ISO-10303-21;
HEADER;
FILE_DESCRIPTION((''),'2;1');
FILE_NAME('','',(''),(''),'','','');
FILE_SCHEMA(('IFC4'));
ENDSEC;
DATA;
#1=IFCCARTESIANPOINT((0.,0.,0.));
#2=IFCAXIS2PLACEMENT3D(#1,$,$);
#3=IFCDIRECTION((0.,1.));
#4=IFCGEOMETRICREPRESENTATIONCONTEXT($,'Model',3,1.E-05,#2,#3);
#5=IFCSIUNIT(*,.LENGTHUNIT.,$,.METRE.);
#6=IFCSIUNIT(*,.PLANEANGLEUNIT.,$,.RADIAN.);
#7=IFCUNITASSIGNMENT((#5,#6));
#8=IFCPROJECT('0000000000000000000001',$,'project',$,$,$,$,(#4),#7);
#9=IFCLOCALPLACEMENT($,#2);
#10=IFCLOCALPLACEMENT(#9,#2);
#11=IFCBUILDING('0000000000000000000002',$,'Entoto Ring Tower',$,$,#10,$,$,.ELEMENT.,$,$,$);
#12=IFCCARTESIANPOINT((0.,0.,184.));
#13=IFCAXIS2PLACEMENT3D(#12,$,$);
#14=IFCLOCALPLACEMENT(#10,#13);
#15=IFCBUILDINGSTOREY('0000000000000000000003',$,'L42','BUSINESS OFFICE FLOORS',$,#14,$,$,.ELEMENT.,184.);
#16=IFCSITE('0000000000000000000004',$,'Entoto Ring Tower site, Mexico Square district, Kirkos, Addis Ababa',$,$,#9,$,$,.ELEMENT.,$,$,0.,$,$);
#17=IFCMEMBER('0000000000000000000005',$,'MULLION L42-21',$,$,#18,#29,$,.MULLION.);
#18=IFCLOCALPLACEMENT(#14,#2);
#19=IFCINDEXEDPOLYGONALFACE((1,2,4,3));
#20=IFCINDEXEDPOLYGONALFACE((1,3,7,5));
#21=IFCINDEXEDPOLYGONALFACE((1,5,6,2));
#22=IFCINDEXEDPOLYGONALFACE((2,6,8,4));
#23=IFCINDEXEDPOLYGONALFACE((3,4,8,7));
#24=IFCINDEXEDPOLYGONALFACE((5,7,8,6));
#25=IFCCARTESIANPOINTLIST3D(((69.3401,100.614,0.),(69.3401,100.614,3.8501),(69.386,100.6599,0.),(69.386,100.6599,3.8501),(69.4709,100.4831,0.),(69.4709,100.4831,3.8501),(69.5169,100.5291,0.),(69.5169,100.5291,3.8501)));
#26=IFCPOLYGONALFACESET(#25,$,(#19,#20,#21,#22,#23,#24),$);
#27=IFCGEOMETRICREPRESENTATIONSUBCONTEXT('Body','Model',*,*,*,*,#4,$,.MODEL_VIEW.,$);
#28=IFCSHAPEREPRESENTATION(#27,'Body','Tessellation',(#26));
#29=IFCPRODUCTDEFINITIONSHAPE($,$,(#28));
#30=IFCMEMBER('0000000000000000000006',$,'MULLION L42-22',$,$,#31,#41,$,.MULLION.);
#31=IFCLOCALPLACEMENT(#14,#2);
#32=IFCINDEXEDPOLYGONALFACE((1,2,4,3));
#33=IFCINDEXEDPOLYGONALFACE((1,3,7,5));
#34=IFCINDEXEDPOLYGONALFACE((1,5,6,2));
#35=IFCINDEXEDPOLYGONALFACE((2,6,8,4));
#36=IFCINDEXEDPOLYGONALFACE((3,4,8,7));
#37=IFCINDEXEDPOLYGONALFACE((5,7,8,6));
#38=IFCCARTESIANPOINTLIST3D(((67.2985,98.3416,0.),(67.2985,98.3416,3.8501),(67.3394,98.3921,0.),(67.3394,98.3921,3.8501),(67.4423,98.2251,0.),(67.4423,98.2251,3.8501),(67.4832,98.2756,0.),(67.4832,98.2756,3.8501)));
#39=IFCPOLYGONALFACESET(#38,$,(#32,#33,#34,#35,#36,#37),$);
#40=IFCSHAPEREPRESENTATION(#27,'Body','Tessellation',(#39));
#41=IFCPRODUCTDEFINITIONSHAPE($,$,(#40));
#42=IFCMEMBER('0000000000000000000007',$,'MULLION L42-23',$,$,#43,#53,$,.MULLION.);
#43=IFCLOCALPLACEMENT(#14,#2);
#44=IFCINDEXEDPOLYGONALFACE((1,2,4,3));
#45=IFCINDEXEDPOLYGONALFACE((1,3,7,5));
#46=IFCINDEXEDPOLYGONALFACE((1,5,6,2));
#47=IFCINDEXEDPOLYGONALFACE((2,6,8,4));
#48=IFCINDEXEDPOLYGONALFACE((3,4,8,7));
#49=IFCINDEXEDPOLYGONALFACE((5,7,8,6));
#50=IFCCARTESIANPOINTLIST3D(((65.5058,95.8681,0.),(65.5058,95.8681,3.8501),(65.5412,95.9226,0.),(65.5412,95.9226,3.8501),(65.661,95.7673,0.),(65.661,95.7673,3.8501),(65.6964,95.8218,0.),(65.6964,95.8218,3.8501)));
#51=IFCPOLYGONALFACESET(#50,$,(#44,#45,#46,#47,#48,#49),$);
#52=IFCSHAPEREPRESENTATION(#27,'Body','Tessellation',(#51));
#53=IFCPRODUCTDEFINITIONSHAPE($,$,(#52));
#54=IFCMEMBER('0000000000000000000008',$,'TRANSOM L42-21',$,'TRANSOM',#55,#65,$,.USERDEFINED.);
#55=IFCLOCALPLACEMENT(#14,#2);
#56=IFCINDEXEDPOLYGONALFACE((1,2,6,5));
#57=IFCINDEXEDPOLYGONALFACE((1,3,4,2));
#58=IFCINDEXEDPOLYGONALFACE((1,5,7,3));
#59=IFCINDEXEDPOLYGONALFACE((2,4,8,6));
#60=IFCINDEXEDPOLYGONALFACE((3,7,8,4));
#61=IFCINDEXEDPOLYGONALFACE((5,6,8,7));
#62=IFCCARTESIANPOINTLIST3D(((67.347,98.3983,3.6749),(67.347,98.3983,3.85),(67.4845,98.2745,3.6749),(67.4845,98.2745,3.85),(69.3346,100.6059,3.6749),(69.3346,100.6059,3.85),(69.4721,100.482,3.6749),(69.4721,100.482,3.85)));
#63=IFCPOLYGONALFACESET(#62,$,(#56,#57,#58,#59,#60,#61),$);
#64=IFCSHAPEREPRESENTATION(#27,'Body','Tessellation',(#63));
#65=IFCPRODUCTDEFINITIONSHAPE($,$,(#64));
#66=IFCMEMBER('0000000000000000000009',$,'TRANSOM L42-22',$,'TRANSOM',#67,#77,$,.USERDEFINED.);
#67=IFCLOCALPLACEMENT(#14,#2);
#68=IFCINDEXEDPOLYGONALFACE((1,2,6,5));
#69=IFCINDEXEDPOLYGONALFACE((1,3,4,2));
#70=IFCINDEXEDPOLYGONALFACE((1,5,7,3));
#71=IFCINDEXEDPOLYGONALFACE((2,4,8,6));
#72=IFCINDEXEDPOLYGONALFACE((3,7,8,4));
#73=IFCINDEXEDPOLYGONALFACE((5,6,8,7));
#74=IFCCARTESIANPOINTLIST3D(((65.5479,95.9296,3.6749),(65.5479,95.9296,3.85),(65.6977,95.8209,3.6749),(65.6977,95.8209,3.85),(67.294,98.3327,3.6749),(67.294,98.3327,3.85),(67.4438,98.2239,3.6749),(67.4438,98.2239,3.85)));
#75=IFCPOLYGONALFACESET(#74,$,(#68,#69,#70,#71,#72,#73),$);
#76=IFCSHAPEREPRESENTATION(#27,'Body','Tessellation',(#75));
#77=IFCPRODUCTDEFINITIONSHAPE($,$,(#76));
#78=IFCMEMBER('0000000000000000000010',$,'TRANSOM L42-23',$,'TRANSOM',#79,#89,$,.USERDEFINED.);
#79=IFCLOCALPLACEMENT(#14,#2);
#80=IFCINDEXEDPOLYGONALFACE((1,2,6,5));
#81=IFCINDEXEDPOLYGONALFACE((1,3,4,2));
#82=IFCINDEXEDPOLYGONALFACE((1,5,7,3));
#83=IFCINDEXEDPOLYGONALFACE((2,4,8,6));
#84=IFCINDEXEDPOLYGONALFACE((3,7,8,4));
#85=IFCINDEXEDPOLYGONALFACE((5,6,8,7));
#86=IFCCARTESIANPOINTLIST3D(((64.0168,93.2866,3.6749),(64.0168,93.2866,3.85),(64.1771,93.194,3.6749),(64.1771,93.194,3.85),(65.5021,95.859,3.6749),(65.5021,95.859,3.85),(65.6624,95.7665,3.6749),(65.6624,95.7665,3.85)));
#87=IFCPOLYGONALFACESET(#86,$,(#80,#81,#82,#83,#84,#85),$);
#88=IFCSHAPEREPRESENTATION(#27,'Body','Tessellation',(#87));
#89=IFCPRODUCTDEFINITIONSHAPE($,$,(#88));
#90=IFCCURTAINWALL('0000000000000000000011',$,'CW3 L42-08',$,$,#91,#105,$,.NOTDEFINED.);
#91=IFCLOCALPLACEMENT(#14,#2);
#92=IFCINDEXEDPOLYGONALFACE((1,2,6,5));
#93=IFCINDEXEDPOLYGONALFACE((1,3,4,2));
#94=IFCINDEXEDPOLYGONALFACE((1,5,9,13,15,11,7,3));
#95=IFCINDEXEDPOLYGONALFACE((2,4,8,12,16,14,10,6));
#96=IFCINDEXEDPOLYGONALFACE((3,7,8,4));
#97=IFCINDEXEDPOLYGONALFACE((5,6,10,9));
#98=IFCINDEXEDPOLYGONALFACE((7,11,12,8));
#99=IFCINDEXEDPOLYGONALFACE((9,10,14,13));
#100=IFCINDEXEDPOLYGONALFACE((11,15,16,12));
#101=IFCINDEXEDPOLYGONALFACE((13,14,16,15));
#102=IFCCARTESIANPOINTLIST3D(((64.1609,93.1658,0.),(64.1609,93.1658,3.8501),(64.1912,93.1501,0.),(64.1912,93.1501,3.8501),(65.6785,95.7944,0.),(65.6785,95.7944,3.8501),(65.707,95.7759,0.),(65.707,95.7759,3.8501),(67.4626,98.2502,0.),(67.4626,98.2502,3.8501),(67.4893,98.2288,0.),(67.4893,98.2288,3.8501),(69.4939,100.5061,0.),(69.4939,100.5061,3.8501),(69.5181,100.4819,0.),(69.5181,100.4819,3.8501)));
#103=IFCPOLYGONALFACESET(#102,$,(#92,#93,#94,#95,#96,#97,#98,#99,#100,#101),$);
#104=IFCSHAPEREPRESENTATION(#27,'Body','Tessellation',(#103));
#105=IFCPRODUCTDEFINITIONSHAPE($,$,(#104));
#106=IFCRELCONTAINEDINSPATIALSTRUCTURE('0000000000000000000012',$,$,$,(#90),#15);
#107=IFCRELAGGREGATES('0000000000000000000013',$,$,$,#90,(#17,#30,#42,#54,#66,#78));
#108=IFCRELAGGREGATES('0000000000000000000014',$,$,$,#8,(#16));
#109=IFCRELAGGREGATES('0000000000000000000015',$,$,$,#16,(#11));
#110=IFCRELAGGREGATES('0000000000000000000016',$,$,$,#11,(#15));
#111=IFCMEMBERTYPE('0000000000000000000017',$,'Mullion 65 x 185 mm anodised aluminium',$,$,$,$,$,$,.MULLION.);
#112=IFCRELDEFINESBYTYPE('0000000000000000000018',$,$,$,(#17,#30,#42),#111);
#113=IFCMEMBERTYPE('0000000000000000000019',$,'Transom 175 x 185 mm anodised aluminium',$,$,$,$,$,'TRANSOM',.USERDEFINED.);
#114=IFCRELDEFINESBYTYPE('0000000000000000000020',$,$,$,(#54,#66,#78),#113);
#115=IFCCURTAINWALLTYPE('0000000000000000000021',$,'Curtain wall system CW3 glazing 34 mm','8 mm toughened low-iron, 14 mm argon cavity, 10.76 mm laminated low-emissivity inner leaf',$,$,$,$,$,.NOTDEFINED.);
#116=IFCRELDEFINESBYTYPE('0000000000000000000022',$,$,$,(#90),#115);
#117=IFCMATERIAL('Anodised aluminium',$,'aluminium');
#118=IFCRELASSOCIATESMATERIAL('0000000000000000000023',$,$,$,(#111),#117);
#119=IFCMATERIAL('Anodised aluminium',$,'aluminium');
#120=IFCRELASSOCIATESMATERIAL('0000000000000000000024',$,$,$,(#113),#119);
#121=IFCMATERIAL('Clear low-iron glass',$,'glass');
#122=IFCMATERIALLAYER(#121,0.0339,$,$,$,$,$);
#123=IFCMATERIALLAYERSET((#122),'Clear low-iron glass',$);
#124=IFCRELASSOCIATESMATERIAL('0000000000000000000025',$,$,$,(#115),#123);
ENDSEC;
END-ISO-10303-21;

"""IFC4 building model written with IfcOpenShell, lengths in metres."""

from ifc_helpers import new_model, si_unit, direction, frame, origin, origin_2d, place, context, subcontext, project, spatial, polyline, rectangle, outline, extrude, material, layer, layer_set, material_profile, profile_set, type_object, element, aggregate, save


model = new_model("IFC4")

# Units and contexts
model_context = context("Model", 3, precision=1e-05, world=origin(), true_north=direction((0.0, 1.0)))
body_context = subcontext(model_context, "Body", "Model", "MODEL_VIEW")
ifc_project = project(units=[si_unit("LENGTHUNIT", "METRE"), si_unit("PLANEANGLEUNIT", "RADIAN")], contexts=[model_context])

# Members
ifc_material_1 = material(Name="Anodised aluminium", Category="aluminium")
ifc_material_profile_1 = material_profile(ifc_material_1, rectangle(XDim=0.0649, YDim=0.1851, at=origin_2d()), Name="Mullion 65 x 185 mm anodised aluminium")
ifc_profile_set_1 = profile_set([ifc_material_profile_1], Name="Anodised aluminium")
member_type_1 = type_object("IfcMemberType", Name="Mullion 65 x 185 mm anodised aluminium", PredefinedType="MULLION", material=ifc_profile_set_1)
site_placement = place(None, origin())
building_placement = place(site_placement, origin())
storey_placement = place(building_placement, frame((0.0, 0.0, 184.0)))
member_1_placement = place(storey_placement, frame((69.4285, 100.5715, 0.0), z_axis=(0.0, 0.0, 1.0), x_axis=(-0.707107, -0.707107, 0.0)))
member_1 = element("IfcMember", 1, at=member_1_placement, type_object=member_type_1, Name="MULLION L42-21", PredefinedType="MULLION", context=body_context, shape_type="SweptSolid", body=[
    extrude(rectangle(XDim=0.0649, YDim=0.1851, at=origin_2d()), origin(), (0.0, 0.0, 1.0), 3.8501),
])
member_2_placement = place(storey_placement, frame((67.3909, 98.3086, 0.0), z_axis=(0.0, 0.0, 1.0), x_axis=(-0.62932, -0.777146, 0.0)))
member_2 = element("IfcMember", 2, at=member_2_placement, type_object=member_type_1, Name="MULLION L42-22", PredefinedType="MULLION", context=body_context, shape_type="SweptSolid", body=[
    extrude(rectangle(XDim=0.0649, YDim=0.1851, at=origin_2d()), origin(), (0.0, 0.0, 1.0), 3.8501),
])
member_3_placement = place(storey_placement, frame((65.6011, 95.845, 0.0), z_axis=(0.0, 0.0, 1.0), x_axis=(-0.544639, -0.838671, 0.0)))
member_3 = element("IfcMember", 3, at=member_3_placement, type_object=member_type_1, Name="MULLION L42-23", PredefinedType="MULLION", context=body_context, shape_type="SweptSolid", body=[
    extrude(rectangle(XDim=0.0649, YDim=0.1851, at=origin_2d()), origin(), (0.0, 0.0, 1.0), 3.8501),
])
ifc_material_2 = material(Name="Anodised aluminium", Category="aluminium")
ifc_material_profile_2 = material_profile(ifc_material_2, rectangle(XDim=0.1851, YDim=0.175, at=origin_2d()), Name="Transom 175 x 185 mm anodised aluminium")
ifc_profile_set_2 = profile_set([ifc_material_profile_2], Name="Anodised aluminium")
member_type_2 = type_object("IfcMemberType", Name="Transom 175 x 185 mm anodised aluminium", ElementType="TRANSOM", PredefinedType="USERDEFINED", material=ifc_profile_set_2)
member_4_placement = place(storey_placement, frame((69.4033, 100.5439, 3.7625), z_axis=(-0.66911, -0.743163, 0.0), x_axis=(0.743163, -0.66911, 0.0)))
member_4 = element("IfcMember", 4, at=member_4_placement, type_object=member_type_2, Name="TRANSOM L42-21", ObjectType="TRANSOM", PredefinedType="USERDEFINED", context=body_context, shape_type="SweptSolid", body=[
    extrude(rectangle(XDim=0.1851, YDim=0.175, at=origin_2d()), origin(), (0.0, 0.0, 1.0), 2.9705),
])
member_5_placement = place(storey_placement, frame((67.3689, 98.2783, 3.7625), z_axis=(-0.58782, -0.808992, 0.0), x_axis=(0.808992, -0.58782, 0.0)))
member_5 = element("IfcMember", 5, at=member_5_placement, type_object=member_type_2, Name="TRANSOM L42-22", ObjectType="TRANSOM", PredefinedType="USERDEFINED", context=body_context, shape_type="SweptSolid", body=[
    extrude(rectangle(XDim=0.1851, YDim=0.175, at=origin_2d()), origin(), (0.0, 0.0, 1.0), 2.9705),
])
member_6_placement = place(storey_placement, frame((65.5823, 95.8127, 3.7625), z_axis=(-0.500028, -0.866009, 0.0), x_axis=(0.866009, -0.500028, 0.0)))
member_6 = element("IfcMember", 6, at=member_6_placement, type_object=member_type_2, Name="TRANSOM L42-23", ObjectType="TRANSOM", PredefinedType="USERDEFINED", context=body_context, shape_type="SweptSolid", body=[
    extrude(rectangle(XDim=0.1851, YDim=0.175, at=origin_2d()), origin(), (0.0, 0.0, 1.0), 2.9705),
])

# Site, building, storey
site = spatial("IfcSite", under=ifc_project, at=site_placement, Name="Entoto Ring Tower site, Mexico Square district, Kirkos, Addis Ababa", CompositionType="ELEMENT", RefElevation=0.0)
building = spatial("IfcBuilding", under=site, at=building_placement, Name="Entoto Ring Tower", CompositionType="ELEMENT")
storey = spatial("IfcBuildingStorey", under=building, at=storey_placement, Name="L42", Description="BUSINESS OFFICE FLOORS", CompositionType="ELEMENT", Elevation=184.0)

# Curtain wall
ifc_material_3 = material(Name="Clear low-iron glass", Category="glass")
ifc_layer = layer(ifc_material_3, 0.0339)
ifc_layer_set = layer_set([ifc_layer], Name="Clear low-iron glass")
curtain_wall_type = type_object("IfcCurtainWallType", Name="Curtain wall system CW3 glazing 34 mm", Description="8 mm toughened low-iron, 14 mm argon cavity, 10.76 mm laminated low-emissivity inner leaf", PredefinedType="NOTDEFINED", material=ifc_layer_set)
curtain_wall_1_placement = place(storey_placement, origin())
curtain_wall_1 = element("IfcCurtainWall", 7, at=curtain_wall_1_placement, inside=storey, type_object=curtain_wall_type, Name="CW3 L42-08", PredefinedType="NOTDEFINED", context=body_context, shape_type="SweptSolid", body=[
    extrude(outline(polyline([(69.4939, 100.5061), (67.4626, 98.2502), (65.6785, 95.7944), (64.1609, 93.1658), (64.1912, 93.1501), (65.707, 95.7759), (67.4893, 98.2288), (69.5181, 100.4819), (69.4939, 100.5061)])), origin(), (0.0, 0.0, 1.0), 3.8501),
])
aggregate(curtain_wall_1, [member_1, member_2, member_3, member_4, member_5, member_6])

save(model, "model.ifc")
